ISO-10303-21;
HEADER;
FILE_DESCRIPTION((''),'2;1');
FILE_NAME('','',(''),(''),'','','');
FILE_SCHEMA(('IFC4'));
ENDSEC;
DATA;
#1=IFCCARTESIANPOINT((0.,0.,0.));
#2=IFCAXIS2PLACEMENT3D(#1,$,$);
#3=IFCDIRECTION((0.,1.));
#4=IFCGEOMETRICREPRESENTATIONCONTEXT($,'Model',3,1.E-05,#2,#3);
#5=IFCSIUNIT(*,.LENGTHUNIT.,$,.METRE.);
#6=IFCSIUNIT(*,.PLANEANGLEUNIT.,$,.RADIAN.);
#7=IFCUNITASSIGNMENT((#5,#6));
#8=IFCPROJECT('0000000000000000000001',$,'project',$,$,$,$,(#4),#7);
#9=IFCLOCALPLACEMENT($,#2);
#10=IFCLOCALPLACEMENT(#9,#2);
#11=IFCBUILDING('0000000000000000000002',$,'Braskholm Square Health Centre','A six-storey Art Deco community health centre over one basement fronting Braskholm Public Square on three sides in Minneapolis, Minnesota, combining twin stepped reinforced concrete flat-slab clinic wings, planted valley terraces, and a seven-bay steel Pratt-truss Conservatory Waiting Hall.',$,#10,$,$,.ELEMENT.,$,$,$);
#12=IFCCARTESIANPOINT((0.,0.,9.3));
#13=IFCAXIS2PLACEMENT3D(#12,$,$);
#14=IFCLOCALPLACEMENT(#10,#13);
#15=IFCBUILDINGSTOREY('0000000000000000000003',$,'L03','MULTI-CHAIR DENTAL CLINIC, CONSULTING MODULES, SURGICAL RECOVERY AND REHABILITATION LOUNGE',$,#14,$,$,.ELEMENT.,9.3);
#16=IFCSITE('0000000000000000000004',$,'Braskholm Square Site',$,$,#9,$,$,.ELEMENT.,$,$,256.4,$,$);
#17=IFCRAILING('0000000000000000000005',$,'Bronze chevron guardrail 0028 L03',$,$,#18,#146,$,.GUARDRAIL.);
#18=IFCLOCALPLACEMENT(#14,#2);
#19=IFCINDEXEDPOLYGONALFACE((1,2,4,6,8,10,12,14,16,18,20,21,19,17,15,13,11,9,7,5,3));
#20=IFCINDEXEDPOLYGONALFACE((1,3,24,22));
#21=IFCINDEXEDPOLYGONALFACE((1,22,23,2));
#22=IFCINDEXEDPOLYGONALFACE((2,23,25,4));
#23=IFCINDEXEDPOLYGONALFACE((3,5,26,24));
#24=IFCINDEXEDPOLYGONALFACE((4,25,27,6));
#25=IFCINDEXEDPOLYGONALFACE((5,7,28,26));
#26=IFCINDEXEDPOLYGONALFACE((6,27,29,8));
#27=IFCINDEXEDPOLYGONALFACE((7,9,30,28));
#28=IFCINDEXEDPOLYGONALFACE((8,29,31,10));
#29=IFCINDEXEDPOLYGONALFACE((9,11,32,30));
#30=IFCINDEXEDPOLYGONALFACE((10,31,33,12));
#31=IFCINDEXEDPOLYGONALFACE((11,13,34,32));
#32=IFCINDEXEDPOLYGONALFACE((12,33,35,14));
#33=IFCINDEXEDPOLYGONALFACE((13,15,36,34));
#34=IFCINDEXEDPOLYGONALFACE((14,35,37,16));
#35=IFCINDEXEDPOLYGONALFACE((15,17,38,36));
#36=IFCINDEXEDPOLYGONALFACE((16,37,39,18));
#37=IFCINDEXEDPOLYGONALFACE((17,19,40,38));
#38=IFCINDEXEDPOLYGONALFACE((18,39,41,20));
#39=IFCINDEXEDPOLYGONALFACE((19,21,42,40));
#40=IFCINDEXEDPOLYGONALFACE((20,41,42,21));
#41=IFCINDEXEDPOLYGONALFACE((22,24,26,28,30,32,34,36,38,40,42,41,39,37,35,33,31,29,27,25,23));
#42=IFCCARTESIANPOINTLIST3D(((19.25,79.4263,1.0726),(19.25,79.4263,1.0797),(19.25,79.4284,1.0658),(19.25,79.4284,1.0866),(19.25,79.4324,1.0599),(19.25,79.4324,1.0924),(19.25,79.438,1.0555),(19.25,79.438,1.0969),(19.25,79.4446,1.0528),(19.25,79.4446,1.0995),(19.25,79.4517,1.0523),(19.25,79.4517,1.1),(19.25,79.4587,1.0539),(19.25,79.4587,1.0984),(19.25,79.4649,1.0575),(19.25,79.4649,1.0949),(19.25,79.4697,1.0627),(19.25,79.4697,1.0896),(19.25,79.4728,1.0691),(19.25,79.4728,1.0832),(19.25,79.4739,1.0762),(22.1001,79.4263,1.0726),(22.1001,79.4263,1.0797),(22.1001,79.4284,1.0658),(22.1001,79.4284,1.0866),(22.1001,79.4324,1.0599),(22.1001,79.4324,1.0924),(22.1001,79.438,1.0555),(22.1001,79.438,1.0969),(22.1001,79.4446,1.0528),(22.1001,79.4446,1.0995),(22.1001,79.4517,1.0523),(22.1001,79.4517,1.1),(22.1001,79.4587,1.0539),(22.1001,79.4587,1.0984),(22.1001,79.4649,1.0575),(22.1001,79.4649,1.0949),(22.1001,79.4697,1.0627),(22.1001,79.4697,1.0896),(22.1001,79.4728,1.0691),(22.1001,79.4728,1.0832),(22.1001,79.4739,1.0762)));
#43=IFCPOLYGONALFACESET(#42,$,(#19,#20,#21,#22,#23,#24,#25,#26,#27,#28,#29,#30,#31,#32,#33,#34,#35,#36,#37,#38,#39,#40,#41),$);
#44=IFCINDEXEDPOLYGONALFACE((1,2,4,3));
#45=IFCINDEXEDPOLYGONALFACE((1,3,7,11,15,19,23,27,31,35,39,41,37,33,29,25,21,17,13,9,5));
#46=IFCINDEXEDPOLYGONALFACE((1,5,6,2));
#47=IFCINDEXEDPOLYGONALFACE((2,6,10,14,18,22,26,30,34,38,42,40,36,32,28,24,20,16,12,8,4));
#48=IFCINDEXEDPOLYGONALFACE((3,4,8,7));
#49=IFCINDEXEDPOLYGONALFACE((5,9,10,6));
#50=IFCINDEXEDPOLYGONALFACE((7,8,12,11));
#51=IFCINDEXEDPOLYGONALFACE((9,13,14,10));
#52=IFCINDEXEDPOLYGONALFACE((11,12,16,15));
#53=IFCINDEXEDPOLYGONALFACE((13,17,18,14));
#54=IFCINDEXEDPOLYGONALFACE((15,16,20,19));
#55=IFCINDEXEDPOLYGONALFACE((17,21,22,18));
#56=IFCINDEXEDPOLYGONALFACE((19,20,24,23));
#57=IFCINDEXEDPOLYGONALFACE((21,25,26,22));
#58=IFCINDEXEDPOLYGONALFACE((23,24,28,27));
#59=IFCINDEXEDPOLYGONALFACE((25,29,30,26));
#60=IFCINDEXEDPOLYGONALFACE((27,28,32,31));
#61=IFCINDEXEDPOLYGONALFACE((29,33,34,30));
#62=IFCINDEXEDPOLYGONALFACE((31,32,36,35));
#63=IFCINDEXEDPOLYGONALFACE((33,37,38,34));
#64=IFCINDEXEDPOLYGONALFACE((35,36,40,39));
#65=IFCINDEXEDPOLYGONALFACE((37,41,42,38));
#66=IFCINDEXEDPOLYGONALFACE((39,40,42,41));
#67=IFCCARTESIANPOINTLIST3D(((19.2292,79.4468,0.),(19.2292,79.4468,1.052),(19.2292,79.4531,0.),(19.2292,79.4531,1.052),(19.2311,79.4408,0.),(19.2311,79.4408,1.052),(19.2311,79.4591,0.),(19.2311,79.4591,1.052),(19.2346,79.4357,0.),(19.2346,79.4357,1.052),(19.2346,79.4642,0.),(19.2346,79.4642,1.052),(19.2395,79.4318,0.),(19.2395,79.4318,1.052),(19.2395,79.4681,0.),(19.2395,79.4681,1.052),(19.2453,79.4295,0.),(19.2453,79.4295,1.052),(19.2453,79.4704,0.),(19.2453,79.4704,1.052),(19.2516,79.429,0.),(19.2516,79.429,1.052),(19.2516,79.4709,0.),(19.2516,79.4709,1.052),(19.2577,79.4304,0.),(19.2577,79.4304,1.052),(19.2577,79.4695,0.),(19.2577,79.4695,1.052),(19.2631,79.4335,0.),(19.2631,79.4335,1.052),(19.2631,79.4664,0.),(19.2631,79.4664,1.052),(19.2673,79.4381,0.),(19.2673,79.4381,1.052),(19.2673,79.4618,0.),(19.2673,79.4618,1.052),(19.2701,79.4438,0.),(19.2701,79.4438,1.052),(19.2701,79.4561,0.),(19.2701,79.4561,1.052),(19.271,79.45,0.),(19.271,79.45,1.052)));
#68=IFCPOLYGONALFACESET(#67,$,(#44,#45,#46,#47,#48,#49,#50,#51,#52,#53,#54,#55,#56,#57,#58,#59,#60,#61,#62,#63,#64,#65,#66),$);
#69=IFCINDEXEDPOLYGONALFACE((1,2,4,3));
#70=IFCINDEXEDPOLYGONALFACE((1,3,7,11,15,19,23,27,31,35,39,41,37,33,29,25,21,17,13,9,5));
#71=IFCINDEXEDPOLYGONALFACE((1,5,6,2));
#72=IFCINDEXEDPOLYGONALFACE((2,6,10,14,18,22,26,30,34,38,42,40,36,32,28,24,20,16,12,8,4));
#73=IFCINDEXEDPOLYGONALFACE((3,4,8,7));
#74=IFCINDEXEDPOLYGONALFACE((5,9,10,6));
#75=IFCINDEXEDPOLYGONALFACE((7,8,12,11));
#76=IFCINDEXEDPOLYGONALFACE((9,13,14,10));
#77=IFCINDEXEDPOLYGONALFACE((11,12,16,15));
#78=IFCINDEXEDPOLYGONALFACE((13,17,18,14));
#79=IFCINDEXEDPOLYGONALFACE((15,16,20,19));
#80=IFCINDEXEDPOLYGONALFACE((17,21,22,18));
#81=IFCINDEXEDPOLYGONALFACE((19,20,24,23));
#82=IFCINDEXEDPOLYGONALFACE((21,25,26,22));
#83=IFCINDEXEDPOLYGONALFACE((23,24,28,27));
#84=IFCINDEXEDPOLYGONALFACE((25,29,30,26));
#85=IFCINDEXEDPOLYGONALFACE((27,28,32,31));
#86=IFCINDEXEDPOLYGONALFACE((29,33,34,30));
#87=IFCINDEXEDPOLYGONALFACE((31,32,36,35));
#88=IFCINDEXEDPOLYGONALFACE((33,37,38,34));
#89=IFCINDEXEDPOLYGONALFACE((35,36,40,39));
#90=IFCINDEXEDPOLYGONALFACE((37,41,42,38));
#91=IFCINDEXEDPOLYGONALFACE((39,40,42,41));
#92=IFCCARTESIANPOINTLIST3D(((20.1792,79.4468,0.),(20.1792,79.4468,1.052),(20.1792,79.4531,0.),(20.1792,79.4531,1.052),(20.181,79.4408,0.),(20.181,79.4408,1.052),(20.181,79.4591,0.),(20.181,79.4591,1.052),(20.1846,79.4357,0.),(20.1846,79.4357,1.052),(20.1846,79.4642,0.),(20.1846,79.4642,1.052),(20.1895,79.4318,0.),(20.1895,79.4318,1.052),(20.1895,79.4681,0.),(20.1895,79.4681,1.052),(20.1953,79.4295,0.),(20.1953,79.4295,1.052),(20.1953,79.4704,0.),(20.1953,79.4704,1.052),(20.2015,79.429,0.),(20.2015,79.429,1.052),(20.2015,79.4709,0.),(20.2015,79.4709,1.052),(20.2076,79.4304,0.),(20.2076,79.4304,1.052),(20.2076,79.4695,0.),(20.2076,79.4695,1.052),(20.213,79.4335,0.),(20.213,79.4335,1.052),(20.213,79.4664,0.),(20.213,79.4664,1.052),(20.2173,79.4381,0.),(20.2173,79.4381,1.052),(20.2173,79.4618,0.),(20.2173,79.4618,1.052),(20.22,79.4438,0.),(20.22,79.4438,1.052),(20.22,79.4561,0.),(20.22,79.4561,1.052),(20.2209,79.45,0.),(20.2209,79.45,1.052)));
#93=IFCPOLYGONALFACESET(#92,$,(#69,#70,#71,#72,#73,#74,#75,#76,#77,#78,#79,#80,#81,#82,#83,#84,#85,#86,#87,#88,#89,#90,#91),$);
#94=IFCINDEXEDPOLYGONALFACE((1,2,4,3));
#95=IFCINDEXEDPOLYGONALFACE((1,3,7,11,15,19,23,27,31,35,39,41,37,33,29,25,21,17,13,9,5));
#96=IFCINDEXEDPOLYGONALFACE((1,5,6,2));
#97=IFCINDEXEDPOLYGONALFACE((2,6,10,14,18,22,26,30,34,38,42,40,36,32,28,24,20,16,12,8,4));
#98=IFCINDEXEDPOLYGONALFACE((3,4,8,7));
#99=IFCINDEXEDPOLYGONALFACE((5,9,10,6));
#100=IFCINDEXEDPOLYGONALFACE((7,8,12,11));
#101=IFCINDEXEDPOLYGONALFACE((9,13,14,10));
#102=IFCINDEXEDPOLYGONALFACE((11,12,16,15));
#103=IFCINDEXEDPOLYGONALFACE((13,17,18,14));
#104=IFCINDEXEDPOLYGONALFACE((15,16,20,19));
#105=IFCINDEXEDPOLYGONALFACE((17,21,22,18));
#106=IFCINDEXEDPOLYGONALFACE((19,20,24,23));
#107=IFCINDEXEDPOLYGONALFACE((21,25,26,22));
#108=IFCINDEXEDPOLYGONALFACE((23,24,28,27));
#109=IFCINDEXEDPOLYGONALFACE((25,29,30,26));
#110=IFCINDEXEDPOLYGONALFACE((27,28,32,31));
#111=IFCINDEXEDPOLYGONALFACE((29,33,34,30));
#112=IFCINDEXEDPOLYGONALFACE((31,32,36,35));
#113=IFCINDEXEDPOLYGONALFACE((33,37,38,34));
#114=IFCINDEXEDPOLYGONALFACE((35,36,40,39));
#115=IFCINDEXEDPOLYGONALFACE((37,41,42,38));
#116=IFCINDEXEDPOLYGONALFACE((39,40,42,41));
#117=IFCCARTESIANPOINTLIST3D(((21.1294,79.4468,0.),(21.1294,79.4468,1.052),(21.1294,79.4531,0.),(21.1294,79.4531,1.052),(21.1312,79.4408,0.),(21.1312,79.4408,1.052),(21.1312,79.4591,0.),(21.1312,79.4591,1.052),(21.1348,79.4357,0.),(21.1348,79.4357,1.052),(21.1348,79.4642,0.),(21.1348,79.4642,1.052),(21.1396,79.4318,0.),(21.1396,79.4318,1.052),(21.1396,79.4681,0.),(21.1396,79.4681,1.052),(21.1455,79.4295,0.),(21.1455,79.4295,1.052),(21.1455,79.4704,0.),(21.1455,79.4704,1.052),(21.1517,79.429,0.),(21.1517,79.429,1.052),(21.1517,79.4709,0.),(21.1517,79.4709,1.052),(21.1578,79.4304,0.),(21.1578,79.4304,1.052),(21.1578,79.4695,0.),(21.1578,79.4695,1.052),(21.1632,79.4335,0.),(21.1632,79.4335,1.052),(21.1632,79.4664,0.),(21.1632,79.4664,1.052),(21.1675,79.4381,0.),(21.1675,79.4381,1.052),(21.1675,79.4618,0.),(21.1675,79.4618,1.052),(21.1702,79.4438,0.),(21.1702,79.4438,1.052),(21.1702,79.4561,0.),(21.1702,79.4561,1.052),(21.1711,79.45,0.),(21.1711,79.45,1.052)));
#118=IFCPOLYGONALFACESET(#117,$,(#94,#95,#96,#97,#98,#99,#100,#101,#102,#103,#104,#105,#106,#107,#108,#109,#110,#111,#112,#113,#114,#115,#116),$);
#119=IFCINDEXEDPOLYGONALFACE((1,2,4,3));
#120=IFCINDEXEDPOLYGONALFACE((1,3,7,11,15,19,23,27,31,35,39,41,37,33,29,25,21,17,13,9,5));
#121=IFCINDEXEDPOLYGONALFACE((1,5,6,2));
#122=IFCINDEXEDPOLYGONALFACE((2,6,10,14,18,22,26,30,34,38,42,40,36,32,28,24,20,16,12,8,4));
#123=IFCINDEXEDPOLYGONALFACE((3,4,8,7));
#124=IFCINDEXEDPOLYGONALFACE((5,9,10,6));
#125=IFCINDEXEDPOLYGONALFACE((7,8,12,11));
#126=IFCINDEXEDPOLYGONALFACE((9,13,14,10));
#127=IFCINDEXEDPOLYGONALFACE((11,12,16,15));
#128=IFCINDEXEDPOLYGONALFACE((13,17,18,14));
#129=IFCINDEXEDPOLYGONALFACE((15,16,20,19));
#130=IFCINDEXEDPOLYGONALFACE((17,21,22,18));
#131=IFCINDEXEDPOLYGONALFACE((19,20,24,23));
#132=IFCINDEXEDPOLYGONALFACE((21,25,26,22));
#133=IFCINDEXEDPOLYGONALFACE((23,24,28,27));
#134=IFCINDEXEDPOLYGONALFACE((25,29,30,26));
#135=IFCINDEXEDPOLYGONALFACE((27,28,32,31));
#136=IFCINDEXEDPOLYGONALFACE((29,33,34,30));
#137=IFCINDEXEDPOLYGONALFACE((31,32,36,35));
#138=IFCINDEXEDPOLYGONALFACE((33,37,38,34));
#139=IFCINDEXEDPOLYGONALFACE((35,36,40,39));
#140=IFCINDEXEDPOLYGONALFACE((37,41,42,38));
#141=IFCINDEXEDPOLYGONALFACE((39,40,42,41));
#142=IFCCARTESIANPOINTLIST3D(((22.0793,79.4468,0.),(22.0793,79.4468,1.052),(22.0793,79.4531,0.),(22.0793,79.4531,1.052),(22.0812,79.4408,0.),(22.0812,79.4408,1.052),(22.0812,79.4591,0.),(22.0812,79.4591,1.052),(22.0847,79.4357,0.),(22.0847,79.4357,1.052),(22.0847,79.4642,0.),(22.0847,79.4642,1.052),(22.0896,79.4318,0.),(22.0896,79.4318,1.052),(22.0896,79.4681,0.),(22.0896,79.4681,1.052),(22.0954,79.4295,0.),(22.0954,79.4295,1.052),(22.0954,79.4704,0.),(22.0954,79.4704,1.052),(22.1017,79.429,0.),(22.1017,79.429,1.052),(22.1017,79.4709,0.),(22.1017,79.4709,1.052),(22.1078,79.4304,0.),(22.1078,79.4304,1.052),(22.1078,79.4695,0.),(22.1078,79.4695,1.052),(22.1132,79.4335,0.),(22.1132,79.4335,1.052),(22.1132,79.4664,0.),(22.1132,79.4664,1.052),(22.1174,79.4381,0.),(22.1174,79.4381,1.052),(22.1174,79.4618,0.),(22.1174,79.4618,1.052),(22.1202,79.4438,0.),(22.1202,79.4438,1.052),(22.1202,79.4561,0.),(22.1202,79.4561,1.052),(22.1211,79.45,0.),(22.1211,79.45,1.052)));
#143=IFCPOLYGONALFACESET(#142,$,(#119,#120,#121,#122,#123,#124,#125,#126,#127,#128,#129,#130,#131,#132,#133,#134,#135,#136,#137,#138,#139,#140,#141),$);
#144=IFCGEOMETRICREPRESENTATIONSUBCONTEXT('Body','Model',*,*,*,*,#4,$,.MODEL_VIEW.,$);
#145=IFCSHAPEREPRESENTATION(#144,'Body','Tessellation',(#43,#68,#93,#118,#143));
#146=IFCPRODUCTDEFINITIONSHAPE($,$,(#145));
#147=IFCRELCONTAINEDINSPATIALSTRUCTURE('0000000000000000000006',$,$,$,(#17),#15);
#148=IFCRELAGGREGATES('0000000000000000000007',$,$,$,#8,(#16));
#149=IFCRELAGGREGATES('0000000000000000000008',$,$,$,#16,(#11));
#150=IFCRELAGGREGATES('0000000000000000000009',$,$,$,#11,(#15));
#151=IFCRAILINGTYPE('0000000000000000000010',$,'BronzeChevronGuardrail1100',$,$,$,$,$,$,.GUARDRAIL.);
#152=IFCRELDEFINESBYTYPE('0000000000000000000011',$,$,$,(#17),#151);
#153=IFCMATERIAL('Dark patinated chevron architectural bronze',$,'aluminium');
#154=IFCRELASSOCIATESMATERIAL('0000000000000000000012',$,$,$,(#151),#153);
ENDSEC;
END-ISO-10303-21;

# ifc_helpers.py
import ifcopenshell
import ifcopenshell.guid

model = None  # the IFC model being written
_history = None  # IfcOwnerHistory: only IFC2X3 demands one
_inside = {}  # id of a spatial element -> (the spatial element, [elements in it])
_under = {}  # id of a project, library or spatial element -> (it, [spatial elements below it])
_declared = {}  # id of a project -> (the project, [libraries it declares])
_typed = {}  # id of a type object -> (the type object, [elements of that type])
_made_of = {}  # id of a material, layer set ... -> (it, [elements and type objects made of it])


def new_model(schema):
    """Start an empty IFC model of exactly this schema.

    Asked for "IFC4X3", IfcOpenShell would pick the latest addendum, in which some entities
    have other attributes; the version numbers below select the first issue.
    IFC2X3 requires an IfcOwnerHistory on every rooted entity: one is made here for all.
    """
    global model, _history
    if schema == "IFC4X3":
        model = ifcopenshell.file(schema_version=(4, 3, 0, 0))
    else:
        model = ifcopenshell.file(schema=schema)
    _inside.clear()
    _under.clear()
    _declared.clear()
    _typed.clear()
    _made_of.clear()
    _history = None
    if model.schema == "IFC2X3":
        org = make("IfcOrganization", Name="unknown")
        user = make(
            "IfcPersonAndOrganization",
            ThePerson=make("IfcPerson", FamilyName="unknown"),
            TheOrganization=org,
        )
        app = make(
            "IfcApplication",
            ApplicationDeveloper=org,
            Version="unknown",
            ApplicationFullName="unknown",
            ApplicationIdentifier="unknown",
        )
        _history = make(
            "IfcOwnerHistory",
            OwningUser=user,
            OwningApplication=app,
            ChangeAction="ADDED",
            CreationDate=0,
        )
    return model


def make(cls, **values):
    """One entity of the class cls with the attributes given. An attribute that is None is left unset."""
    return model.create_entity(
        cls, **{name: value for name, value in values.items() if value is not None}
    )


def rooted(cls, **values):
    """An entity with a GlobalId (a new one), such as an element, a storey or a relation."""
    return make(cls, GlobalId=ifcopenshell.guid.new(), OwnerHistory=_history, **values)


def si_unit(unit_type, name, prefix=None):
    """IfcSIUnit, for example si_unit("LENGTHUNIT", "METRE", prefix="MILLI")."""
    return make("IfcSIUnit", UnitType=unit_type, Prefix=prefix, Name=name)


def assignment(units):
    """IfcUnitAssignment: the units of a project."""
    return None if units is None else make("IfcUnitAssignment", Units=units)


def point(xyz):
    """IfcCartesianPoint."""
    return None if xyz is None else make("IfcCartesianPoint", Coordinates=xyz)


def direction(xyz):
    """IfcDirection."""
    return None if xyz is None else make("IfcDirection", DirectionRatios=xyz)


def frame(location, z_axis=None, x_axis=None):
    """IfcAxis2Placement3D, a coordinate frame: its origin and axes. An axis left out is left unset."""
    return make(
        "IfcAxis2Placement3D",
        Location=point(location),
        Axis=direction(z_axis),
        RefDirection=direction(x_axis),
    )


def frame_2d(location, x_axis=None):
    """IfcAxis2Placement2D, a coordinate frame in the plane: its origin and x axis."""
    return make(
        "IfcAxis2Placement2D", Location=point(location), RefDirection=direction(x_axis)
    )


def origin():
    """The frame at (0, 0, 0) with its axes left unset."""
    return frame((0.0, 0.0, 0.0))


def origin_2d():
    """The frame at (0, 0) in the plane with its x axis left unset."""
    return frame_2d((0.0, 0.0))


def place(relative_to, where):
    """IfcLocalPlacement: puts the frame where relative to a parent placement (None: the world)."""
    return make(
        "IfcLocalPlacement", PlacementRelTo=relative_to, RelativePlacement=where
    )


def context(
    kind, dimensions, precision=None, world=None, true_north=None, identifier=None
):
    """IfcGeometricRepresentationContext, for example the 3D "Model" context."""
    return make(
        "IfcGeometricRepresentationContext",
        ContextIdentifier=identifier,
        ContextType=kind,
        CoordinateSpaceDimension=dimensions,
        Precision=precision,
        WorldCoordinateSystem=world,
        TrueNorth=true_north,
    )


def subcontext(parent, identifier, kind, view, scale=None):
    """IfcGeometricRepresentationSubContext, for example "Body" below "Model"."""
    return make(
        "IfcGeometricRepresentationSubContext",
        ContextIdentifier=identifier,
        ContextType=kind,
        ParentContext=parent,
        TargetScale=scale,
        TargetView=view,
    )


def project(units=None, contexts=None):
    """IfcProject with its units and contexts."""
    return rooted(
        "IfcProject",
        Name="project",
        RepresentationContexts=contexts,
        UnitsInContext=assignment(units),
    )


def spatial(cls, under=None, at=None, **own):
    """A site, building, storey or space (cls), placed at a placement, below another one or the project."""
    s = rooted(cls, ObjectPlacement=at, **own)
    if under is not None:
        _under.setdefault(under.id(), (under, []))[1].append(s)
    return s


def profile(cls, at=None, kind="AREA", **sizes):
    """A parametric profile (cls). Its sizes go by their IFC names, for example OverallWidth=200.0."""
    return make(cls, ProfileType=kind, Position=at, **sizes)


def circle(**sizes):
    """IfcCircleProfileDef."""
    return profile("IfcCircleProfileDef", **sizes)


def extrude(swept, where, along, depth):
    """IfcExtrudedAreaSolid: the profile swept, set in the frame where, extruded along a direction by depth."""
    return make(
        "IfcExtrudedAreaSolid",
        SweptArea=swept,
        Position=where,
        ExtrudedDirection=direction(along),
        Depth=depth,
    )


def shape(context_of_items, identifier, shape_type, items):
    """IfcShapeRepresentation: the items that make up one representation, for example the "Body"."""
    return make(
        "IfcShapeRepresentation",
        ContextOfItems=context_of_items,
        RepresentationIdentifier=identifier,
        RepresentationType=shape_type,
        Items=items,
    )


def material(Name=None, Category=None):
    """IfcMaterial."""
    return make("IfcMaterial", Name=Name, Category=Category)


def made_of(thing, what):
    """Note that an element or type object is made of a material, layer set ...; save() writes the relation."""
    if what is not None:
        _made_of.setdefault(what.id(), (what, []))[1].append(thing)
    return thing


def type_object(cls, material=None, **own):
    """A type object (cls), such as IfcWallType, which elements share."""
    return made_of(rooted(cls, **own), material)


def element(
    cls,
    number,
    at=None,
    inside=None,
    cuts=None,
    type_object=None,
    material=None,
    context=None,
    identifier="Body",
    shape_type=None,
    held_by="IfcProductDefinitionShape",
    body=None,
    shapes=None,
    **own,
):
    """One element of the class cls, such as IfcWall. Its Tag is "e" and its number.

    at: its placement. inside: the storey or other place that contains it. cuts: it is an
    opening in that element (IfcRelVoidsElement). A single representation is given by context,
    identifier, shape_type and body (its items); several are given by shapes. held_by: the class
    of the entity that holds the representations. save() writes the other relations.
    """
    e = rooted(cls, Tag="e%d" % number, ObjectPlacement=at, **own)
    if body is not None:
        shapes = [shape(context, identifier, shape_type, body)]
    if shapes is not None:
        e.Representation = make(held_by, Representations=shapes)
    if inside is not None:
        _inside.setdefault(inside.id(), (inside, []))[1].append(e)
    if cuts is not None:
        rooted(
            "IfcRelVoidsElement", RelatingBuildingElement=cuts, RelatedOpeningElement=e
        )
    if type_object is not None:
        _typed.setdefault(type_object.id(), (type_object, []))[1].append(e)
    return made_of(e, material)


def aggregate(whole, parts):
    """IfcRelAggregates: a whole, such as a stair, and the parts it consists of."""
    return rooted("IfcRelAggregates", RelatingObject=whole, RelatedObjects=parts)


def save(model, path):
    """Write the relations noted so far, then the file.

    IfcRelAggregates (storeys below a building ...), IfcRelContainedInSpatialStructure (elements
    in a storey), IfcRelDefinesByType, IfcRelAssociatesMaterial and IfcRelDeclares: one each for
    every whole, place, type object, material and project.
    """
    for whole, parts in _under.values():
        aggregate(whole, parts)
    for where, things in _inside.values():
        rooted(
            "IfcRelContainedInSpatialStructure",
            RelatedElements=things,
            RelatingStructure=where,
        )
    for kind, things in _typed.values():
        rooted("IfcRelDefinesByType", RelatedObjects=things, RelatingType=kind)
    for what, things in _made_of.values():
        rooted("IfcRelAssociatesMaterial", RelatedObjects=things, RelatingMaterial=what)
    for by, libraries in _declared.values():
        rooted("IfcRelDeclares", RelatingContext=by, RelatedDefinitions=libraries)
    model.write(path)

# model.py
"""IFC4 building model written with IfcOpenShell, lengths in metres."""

from ifc_helpers import new_model, si_unit, direction, frame, origin, origin_2d, place, context, subcontext, project, spatial, circle, extrude, material, type_object, element, save


model = new_model("IFC4")

# Units and contexts
model_context = context("Model", 3, precision=1e-05, world=origin(), true_north=direction((0.0, 1.0)))
body_context = subcontext(model_context, "Body", "Model", "MODEL_VIEW")
ifc_project = project(units=[si_unit("LENGTHUNIT", "METRE"), si_unit("PLANEANGLEUNIT", "RADIAN")], contexts=[model_context])

# Site, building, storey
site_placement = place(None, origin())
site = spatial("IfcSite", under=ifc_project, at=site_placement, Name="Braskholm Square Site", CompositionType="ELEMENT", RefElevation=256.4)
building_placement = place(site_placement, origin())
building = spatial("IfcBuilding", under=site, at=building_placement, Name="Braskholm Square Health Centre", Description="A six-storey Art Deco community health centre over one basement fronting Braskholm Public Square on three sides in Minneapolis, Minnesota, combining twin stepped reinforced concrete flat-slab clinic wings, planted valley terraces, and a seven-bay steel Pratt-truss Conservatory Waiting Hall.", CompositionType="ELEMENT")
storey_placement = place(building_placement, frame((0.0, 0.0, 9.3)))
storey = spatial("IfcBuildingStorey", under=building, at=storey_placement, Name="L03", Description="MULTI-CHAIR DENTAL CLINIC, CONSULTING MODULES, SURGICAL RECOVERY AND REHABILITATION LOUNGE", CompositionType="ELEMENT", Elevation=9.3)

# Railing
ifc_material_1 = material(Name="Dark patinated chevron architectural bronze", Category="aluminium")
railing_type = type_object("IfcRailingType", Name="BronzeChevronGuardrail1100", PredefinedType="GUARDRAIL", material=ifc_material_1)
railing_1_placement = place(storey_placement, frame((19.25, 79.45, 0.0)))
element("IfcRailing", 1, at=railing_1_placement, inside=storey, type_object=railing_type, Name="Bronze chevron guardrail 0028 L03", PredefinedType="GUARDRAIL", context=body_context, shape_type="SweptSolid", body=[
    extrude(circle(Radius=0.0239, at=origin_2d()), frame((0.0, 0.0, 1.0762), z_axis=(1.0, 0.0, 0.0), x_axis=(0.0, 1.0, 0.0)), (0.0, 0.0, 1.0), 2.8501),
    extrude(circle(Radius=0.021, at=origin_2d()), origin(), (0.0, 0.0, 1.0), 1.052),
    extrude(circle(Radius=0.021, at=origin_2d()), frame((0.95, 0.0, 0.0)), (0.0, 0.0, 1.0), 1.052),
    extrude(circle(Radius=0.021, at=origin_2d()), frame((1.9001, 0.0, 0.0)), (0.0, 0.0, 1.0), 1.052),
    extrude(circle(Radius=0.021, at=origin_2d()), frame((2.8501, 0.0, 0.0)), (0.0, 0.0, 1.0), 1.052),
])

save(model, "model.ifc")
